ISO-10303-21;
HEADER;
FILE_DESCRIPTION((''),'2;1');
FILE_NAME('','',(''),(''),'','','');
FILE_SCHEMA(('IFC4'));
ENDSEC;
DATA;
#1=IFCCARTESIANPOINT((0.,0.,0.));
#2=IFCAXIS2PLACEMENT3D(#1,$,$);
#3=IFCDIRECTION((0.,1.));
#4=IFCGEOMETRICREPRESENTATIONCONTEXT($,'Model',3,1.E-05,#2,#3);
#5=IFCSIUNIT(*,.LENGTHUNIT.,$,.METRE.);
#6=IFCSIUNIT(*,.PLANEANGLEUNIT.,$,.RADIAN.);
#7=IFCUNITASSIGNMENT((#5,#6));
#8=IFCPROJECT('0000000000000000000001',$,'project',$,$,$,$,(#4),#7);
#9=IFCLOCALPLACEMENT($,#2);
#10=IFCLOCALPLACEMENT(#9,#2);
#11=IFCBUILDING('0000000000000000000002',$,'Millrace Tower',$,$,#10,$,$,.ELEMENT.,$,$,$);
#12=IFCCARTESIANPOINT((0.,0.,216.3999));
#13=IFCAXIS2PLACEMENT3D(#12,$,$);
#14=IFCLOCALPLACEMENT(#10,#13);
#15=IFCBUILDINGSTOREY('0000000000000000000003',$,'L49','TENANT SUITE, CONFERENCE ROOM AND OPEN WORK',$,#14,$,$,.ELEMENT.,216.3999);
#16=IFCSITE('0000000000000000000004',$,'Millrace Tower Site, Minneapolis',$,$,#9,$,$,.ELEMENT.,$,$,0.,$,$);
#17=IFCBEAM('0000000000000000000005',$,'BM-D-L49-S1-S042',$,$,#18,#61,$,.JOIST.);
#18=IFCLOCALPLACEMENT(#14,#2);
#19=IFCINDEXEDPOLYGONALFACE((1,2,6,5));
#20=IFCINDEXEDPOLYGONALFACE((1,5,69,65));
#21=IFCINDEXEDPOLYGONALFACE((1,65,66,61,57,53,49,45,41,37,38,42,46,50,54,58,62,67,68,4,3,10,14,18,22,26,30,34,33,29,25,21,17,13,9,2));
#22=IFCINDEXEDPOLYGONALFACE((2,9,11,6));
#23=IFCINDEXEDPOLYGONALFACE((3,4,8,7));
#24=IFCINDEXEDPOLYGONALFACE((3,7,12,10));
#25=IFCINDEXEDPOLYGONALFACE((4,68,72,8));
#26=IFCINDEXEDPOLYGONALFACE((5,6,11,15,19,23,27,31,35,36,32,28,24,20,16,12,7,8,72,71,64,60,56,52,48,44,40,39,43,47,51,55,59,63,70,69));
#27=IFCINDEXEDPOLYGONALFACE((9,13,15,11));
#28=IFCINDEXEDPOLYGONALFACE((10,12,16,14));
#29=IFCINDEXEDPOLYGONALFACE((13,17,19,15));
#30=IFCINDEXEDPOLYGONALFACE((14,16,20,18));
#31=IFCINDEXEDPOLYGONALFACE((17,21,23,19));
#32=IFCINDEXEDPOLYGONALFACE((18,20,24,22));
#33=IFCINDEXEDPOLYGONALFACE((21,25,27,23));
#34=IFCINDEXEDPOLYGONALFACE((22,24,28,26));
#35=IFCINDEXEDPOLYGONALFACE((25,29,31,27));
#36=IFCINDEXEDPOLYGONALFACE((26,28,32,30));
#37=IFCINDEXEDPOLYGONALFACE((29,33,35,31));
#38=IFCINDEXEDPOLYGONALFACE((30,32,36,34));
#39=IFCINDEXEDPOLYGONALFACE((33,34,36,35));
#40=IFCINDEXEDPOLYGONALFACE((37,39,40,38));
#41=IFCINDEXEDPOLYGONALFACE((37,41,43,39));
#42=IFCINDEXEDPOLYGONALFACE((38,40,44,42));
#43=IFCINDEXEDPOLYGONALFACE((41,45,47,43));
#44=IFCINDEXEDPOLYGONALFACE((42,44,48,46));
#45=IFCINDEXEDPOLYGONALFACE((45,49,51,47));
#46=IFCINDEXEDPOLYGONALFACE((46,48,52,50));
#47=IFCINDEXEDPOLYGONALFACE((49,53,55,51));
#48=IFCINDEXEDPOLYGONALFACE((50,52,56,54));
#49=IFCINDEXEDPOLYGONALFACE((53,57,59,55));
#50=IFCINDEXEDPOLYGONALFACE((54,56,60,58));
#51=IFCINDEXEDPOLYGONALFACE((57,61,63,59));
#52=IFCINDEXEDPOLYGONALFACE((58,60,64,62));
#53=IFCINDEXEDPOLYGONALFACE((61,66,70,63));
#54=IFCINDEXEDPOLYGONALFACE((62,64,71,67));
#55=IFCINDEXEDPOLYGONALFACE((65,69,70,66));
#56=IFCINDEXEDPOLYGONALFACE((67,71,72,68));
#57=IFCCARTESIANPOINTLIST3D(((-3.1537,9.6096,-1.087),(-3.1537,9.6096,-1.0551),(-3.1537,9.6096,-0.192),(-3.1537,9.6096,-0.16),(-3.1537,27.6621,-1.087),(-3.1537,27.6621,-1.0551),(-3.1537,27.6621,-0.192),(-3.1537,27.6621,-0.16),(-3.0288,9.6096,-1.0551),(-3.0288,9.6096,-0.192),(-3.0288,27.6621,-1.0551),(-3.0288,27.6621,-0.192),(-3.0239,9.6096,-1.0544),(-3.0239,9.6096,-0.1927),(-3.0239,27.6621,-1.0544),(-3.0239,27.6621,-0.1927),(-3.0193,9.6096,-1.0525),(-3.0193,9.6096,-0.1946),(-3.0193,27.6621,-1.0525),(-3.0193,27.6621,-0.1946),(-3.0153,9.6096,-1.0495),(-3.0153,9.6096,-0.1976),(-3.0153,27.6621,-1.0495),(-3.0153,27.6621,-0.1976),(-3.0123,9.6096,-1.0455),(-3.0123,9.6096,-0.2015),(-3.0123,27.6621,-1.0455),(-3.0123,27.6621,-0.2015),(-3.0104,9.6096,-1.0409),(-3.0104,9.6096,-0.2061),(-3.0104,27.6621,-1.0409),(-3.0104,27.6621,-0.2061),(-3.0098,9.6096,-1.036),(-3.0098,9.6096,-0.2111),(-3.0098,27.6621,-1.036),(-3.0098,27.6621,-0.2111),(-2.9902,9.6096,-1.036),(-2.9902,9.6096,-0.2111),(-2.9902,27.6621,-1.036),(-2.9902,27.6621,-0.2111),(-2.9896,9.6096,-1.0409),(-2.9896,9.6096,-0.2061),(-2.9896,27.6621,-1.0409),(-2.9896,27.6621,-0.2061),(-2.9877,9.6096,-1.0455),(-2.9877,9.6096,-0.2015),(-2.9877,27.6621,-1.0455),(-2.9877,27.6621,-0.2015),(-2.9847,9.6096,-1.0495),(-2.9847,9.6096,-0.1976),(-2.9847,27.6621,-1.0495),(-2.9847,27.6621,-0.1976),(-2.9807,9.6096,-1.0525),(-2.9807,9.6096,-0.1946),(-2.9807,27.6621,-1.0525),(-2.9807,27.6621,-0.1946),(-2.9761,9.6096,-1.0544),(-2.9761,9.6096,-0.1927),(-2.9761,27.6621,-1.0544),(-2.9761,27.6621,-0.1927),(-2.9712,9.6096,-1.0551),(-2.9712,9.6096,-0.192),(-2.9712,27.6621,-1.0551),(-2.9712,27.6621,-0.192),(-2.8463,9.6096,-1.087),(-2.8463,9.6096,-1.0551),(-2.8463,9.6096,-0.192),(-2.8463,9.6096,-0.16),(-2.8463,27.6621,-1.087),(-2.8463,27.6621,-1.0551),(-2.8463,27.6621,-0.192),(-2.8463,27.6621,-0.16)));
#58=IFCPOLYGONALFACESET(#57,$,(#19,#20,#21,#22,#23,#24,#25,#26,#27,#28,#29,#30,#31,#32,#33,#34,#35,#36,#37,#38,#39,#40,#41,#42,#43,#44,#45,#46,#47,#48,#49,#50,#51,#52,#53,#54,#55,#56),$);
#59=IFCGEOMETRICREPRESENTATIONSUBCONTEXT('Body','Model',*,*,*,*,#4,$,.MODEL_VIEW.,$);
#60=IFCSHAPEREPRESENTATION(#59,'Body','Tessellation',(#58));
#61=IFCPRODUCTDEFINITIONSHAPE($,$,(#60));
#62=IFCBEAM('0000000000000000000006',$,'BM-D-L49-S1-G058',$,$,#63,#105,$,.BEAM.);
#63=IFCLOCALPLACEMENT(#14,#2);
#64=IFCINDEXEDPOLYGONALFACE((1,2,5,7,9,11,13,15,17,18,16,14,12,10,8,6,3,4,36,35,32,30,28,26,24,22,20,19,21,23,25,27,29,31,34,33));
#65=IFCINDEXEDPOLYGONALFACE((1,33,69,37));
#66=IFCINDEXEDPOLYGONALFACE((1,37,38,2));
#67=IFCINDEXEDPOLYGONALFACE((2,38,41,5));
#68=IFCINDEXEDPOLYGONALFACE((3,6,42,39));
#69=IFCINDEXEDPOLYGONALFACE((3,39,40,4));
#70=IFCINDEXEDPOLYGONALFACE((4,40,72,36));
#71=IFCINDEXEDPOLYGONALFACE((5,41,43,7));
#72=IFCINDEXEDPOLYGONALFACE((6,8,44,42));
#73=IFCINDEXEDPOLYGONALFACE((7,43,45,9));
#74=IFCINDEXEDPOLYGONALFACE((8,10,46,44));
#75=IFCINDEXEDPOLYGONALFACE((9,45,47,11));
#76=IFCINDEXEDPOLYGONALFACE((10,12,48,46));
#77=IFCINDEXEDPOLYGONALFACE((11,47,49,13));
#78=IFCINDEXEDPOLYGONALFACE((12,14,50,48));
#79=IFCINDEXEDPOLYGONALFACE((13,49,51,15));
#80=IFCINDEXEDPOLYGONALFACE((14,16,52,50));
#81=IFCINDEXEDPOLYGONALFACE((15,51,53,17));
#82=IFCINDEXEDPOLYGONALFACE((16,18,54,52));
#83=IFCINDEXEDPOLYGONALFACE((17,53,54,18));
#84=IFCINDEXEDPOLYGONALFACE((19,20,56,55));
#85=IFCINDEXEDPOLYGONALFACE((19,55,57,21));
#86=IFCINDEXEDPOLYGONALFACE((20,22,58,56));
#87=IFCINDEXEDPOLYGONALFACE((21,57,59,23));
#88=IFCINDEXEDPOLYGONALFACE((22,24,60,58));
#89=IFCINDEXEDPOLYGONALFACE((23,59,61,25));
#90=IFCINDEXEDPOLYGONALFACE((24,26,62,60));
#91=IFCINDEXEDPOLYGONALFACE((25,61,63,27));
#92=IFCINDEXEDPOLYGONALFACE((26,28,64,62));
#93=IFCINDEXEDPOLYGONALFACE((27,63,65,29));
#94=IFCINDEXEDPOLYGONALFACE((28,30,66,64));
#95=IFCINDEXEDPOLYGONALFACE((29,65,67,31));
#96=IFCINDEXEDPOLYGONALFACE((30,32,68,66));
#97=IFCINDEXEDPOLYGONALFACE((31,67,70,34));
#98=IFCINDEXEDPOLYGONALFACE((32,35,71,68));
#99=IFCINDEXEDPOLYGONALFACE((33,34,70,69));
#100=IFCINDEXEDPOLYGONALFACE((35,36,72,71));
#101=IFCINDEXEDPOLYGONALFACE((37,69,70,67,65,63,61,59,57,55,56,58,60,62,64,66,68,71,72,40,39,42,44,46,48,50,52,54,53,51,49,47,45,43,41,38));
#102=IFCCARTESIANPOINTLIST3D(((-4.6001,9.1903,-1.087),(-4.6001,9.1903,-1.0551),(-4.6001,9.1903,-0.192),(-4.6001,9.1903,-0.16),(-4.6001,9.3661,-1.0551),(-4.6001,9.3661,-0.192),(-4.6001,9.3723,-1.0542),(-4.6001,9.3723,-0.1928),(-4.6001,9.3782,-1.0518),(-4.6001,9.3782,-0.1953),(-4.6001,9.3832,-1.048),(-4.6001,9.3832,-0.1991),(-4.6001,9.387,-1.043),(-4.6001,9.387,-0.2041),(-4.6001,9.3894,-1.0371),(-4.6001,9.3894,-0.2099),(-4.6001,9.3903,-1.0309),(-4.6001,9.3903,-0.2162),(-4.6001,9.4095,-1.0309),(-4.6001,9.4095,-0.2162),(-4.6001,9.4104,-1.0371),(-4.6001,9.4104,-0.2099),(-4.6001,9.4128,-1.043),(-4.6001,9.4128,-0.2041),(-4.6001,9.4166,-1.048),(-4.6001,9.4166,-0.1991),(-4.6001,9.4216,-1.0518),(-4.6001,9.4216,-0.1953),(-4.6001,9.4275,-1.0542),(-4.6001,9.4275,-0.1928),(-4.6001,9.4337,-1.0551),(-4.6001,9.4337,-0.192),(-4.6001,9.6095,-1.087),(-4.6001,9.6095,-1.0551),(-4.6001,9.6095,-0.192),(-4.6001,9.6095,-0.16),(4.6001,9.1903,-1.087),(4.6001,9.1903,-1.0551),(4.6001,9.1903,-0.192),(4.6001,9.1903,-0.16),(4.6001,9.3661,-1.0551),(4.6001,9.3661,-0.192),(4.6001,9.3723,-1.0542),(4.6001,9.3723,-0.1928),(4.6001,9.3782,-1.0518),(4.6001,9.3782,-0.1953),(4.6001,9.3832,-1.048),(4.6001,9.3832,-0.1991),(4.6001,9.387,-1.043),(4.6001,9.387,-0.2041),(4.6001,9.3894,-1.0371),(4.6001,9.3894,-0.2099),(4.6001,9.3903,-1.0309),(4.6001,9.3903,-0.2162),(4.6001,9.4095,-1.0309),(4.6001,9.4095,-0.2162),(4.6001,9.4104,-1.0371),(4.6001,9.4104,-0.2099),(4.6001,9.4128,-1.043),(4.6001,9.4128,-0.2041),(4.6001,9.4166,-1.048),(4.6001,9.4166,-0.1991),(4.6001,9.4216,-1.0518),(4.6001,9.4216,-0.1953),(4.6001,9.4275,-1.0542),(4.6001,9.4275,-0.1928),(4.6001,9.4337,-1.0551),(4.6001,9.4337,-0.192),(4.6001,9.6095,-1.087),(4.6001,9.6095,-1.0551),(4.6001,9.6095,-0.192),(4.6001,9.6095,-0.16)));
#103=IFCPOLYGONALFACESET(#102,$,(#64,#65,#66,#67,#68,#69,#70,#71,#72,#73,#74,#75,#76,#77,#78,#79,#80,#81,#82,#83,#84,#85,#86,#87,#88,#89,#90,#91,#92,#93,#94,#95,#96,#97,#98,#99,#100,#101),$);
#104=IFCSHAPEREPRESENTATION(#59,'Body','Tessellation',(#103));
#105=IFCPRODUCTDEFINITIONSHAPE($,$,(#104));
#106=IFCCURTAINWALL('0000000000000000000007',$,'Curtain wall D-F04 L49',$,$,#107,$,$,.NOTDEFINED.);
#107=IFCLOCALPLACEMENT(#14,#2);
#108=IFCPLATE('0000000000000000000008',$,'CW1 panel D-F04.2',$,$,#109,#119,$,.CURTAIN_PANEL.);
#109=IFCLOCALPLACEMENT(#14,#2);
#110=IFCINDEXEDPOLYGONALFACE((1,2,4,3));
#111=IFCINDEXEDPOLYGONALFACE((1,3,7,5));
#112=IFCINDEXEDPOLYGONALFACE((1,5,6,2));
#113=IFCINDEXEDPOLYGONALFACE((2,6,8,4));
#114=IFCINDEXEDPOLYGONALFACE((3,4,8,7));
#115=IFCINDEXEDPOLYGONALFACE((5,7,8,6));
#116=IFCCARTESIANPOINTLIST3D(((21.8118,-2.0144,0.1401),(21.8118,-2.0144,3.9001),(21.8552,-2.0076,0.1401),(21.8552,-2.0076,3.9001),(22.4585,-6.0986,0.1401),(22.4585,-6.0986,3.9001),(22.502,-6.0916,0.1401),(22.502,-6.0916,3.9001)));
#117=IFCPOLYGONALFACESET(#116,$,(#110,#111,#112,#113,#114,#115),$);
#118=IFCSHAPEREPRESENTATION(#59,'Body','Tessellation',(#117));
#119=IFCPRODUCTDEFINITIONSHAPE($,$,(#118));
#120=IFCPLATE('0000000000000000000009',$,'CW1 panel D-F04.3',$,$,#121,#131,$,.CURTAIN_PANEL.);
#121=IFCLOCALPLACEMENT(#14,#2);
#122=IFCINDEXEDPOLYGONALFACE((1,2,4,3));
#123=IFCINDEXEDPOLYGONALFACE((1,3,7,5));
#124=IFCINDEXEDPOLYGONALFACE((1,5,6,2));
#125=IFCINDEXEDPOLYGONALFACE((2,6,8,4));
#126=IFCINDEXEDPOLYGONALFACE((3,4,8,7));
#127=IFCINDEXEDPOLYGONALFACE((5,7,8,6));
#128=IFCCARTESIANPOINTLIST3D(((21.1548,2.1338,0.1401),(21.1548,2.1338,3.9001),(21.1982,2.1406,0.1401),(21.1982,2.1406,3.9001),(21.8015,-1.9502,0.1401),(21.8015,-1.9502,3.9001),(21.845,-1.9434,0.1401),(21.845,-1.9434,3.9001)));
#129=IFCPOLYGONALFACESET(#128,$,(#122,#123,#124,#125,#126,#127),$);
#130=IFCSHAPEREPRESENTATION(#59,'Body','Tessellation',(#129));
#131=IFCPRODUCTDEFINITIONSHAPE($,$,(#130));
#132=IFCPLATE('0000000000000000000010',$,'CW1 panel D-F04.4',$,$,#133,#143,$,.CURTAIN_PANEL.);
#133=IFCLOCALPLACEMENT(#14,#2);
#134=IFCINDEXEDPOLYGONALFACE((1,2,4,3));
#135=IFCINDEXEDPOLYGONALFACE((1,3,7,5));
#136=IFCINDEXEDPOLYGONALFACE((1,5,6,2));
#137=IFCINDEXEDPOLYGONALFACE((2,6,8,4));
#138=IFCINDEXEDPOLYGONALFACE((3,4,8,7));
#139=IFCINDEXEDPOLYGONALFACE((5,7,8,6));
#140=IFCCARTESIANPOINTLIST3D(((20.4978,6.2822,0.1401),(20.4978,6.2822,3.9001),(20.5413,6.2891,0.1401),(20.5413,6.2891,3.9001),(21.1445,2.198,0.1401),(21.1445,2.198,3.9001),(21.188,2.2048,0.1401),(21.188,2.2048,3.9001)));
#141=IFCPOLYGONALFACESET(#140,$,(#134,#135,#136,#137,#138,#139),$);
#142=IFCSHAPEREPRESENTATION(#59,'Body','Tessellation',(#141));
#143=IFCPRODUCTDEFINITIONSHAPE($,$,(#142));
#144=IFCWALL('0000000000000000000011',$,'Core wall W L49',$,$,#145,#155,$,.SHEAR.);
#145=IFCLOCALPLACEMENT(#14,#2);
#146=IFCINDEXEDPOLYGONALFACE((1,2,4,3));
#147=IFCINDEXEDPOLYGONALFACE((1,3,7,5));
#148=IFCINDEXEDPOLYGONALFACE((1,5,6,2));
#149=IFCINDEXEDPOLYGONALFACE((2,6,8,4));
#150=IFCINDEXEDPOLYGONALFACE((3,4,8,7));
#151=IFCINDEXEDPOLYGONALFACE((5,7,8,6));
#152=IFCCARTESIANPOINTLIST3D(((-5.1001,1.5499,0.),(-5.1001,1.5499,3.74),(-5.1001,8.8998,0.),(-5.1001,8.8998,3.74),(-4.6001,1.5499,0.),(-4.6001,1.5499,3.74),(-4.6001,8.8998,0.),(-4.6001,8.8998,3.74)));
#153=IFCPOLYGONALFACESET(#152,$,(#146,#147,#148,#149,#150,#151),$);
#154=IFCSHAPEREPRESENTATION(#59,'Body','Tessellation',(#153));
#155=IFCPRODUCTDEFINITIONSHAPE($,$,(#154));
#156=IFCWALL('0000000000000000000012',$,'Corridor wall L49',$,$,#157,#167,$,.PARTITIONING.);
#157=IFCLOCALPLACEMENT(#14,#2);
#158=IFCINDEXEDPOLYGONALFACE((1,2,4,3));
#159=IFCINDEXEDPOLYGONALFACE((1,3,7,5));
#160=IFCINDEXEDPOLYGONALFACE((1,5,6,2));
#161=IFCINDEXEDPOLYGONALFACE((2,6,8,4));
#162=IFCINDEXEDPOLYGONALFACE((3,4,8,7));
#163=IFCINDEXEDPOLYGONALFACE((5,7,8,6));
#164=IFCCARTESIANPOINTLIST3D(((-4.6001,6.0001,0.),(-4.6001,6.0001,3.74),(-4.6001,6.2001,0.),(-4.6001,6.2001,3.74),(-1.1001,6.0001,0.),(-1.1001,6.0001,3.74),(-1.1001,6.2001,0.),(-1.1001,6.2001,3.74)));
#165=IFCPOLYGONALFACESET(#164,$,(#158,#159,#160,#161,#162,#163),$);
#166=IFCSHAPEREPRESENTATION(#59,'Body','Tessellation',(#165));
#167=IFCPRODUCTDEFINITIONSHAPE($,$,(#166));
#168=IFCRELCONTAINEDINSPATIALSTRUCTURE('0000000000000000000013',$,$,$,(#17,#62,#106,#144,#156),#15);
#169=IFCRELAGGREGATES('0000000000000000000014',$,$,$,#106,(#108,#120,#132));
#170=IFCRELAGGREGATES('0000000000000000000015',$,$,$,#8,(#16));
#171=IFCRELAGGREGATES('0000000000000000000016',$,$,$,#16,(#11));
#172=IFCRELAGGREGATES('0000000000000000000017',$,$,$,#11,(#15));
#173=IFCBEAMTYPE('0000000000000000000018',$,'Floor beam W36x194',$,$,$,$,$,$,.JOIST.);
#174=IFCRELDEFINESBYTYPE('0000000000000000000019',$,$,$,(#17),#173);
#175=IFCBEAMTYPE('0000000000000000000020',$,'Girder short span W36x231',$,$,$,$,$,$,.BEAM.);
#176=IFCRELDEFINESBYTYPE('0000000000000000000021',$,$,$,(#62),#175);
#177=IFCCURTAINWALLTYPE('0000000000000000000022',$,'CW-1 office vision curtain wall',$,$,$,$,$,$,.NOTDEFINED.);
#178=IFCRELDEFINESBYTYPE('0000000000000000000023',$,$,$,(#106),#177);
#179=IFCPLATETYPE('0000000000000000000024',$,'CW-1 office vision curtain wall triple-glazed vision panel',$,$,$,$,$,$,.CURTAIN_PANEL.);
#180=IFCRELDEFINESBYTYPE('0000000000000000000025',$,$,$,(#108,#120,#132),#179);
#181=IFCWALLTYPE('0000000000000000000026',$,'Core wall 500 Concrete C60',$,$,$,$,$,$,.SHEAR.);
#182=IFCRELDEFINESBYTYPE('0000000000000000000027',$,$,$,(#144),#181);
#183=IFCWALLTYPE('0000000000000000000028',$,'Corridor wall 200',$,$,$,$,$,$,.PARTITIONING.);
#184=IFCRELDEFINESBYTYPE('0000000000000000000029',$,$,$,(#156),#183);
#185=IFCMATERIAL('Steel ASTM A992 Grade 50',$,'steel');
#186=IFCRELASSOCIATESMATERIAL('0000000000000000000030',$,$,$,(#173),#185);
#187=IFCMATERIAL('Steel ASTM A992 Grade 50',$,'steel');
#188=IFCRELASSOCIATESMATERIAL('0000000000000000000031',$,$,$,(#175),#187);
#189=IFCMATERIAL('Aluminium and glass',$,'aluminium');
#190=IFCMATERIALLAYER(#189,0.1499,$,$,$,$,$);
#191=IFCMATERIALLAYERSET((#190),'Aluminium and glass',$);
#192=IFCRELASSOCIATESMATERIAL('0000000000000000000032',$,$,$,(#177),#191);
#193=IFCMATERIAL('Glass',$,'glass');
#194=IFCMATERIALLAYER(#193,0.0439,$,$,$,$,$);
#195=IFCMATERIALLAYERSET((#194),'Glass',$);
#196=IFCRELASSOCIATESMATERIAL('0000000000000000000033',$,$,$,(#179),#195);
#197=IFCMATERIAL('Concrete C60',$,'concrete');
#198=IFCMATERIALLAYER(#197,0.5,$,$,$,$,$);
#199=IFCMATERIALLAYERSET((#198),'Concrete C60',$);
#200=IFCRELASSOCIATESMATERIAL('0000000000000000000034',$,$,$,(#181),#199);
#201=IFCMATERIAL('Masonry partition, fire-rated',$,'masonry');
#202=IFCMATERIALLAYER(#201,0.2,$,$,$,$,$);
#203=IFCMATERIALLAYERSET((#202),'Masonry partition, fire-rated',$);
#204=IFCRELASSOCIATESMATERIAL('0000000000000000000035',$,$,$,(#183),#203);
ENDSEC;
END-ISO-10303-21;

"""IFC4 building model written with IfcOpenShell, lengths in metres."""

from ifc_helpers import new_model, si_unit, direction, frame, frame_2d, origin, origin_2d, place, context, subcontext, project, spatial, polyline, rectangle, i_section, outline, extrude, material, layer, layer_set, material_profile, profile_set, type_object, element, aggregate, save


model = new_model("IFC4")

# Units and contexts
model_context = context("Model", 3, precision=1e-05, world=origin(), true_north=direction((0.0, 1.0)))
body_context = subcontext(model_context, "Body", "Model", "MODEL_VIEW")
ifc_project = project(units=[si_unit("LENGTHUNIT", "METRE"), si_unit("PLANEANGLEUNIT", "RADIAN")], contexts=[model_context])

# Site, building, storey
site_placement = place(None, origin())
site = spatial("IfcSite", under=ifc_project, at=site_placement, Name="Millrace Tower Site, Minneapolis", CompositionType="ELEMENT", RefElevation=0.0)
building_placement = place(site_placement, origin())
building = spatial("IfcBuilding", under=site, at=building_placement, Name="Millrace Tower", CompositionType="ELEMENT")
storey_placement = place(building_placement, frame((0.0, 0.0, 216.3999)))
storey = spatial("IfcBuildingStorey", under=building, at=storey_placement, Name="L49", Description="TENANT SUITE, CONFERENCE ROOM AND OPEN WORK", CompositionType="ELEMENT", Elevation=216.3999)

# Beams
ifc_material_1 = material(Name="Steel ASTM A992 Grade 50", Category="steel")
ifc_material_profile_1 = material_profile(ifc_material_1, i_section(OverallWidth=0.3074, OverallDepth=0.927, WebThickness=0.0195, FlangeThickness=0.032, FilletRadius=0.019, at=origin_2d()))
ifc_profile_set_1 = profile_set([ifc_material_profile_1], Name="Steel ASTM A992 Grade 50")
beam_type_1 = type_object("IfcBeamType", Name="Floor beam W36x194", PredefinedType="JOIST", material=ifc_profile_set_1)
beam_1_placement = place(storey_placement, frame((-3.0, 9.6096, -0.6235), z_axis=(0.0, 1.0, 0.0), x_axis=(-1.0, 0.0, 0.0)))
element("IfcBeam", 1, at=beam_1_placement, inside=storey, type_object=beam_type_1, Name="BM-D-L49-S1-S042", PredefinedType="JOIST", context=body_context, shape_type="SweptSolid", body=[
    extrude(i_section(OverallWidth=0.3074, OverallDepth=0.927, WebThickness=0.0195, FlangeThickness=0.032, FilletRadius=0.019, at=origin_2d()), origin(), (0.0, 0.0, 1.0), 18.0525),
])
ifc_material_2 = material(Name="Steel ASTM A992 Grade 50", Category="steel")
ifc_material_profile_2 = material_profile(ifc_material_2, i_section(OverallWidth=0.4192, OverallDepth=0.927, WebThickness=0.0193, FlangeThickness=0.032, FilletRadius=0.0242, at=origin_2d()))
ifc_profile_set_2 = profile_set([ifc_material_profile_2], Name="Steel ASTM A992 Grade 50")
beam_type_2 = type_object("IfcBeamType", Name="Girder short span W36x231", PredefinedType="BEAM", material=ifc_profile_set_2)
beam_2_placement = place(storey_placement, frame((-4.6001, 9.3999, -0.6235), z_axis=(1.0, 0.0, 0.0), x_axis=(0.0, 1.0, 0.0)))
element("IfcBeam", 2, at=beam_2_placement, inside=storey, type_object=beam_type_2, Name="BM-D-L49-S1-G058", PredefinedType="BEAM", context=body_context, shape_type="SweptSolid", body=[
    extrude(i_section(OverallWidth=0.4192, OverallDepth=0.927, WebThickness=0.0193, FlangeThickness=0.032, FilletRadius=0.0242, at=origin_2d()), origin(), (0.0, 0.0, 1.0), 9.2002),
])

# Curtain wall, plates
ifc_material_3 = material(Name="Aluminium and glass", Category="aluminium")
ifc_layer_1 = layer(ifc_material_3, 0.1499)
ifc_layer_set_1 = layer_set([ifc_layer_1], Name="Aluminium and glass")
curtain_wall_type = type_object("IfcCurtainWallType", Name="CW-1 office vision curtain wall", PredefinedType="NOTDEFINED", material=ifc_layer_set_1)
placement_1 = place(storey_placement, origin())
curtain_wall = element("IfcCurtainWall", 3, at=placement_1, inside=storey, type_object=curtain_wall_type, Name="Curtain wall D-F04 L49", PredefinedType="NOTDEFINED")
ifc_material_4 = material(Name="Glass", Category="glass")
ifc_layer_2 = layer(ifc_material_4, 0.0439)
ifc_layer_set_2 = layer_set([ifc_layer_2], Name="Glass")
plate_type = type_object("IfcPlateType", Name="CW-1 office vision curtain wall triple-glazed vision panel", PredefinedType="CURTAIN_PANEL", material=ifc_layer_set_2)
placement_2 = place(storey_placement, frame((0.0, 0.0, 0.1401)))
plate_1 = element("IfcPlate", 4, at=placement_2, type_object=plate_type, Name="CW1 panel D-F04.2", PredefinedType="CURTAIN_PANEL", context=body_context, shape_type="SweptSolid", body=[
    extrude(outline(polyline([(22.502, -6.0916), (21.8552, -2.0076), (21.8118, -2.0144), (22.4585, -6.0986), (22.502, -6.0916)])), origin(), (0.0, 0.0, 1.0), 3.76),
])
plate_2 = element("IfcPlate", 5, at=placement_2, type_object=plate_type, Name="CW1 panel D-F04.3", PredefinedType="CURTAIN_PANEL", context=body_context, shape_type="SweptSolid", body=[
    extrude(outline(polyline([(21.845, -1.9434), (21.1982, 2.1406), (21.1548, 2.1338), (21.8015, -1.9502), (21.845, -1.9434)])), origin(), (0.0, 0.0, 1.0), 3.76),
])
plate_3 = element("IfcPlate", 6, at=placement_2, type_object=plate_type, Name="CW1 panel D-F04.4", PredefinedType="CURTAIN_PANEL", context=body_context, shape_type="SweptSolid", body=[
    extrude(outline(polyline([(21.188, 2.2048), (20.5413, 6.2891), (20.4978, 6.2822), (21.1445, 2.198), (21.188, 2.2048)])), origin(), (0.0, 0.0, 1.0), 3.76),
])
aggregate(curtain_wall, [plate_1, plate_2, plate_3])

# Walls
ifc_material_5 = material(Name="Concrete C60", Category="concrete")
ifc_layer_3 = layer(ifc_material_5, 0.5)
ifc_layer_set_3 = layer_set([ifc_layer_3], Name="Concrete C60")
wall_type_1 = type_object("IfcWallType", Name="Core wall 500 Concrete C60", PredefinedType="SHEAR", material=ifc_layer_set_3)
wall_1_placement = place(storey_placement, frame((-4.8501, 1.55, 0.0), z_axis=(0.0, 0.0, 1.0), x_axis=(0.0, 1.0, 0.0)))
element("IfcWall", 7, at=wall_1_placement, inside=storey, type_object=wall_type_1, Name="Core wall W L49", PredefinedType="SHEAR", context=body_context, shape_type="SweptSolid", body=[
    extrude(rectangle(XDim=7.3499, YDim=0.5, at=frame_2d((3.6748, 0.0))), origin(), (0.0, 0.0, 1.0), 3.74),
])
ifc_material_6 = material(Name="Masonry partition, fire-rated", Category="masonry")
ifc_layer_4 = layer(ifc_material_6, 0.2)
ifc_layer_set_4 = layer_set([ifc_layer_4], Name="Masonry partition, fire-rated")
wall_type_2 = type_object("IfcWallType", Name="Corridor wall 200", PredefinedType="PARTITIONING", material=ifc_layer_set_4)
wall_2_placement = place(storey_placement, frame((-4.6001, 6.1001, 0.0), z_axis=(0.0, 0.0, 1.0), x_axis=(1.0, 0.0, 0.0)))
element("IfcWall", 8, at=wall_2_placement, inside=storey, type_object=wall_type_2, Name="Corridor wall L49", PredefinedType="PARTITIONING", context=body_context, shape_type="SweptSolid", body=[
    extrude(rectangle(XDim=3.5, YDim=0.2, at=frame_2d((1.75, 0.0))), origin(), (0.0, 0.0, 1.0), 3.74),
])

save(model, "model.ifc")
